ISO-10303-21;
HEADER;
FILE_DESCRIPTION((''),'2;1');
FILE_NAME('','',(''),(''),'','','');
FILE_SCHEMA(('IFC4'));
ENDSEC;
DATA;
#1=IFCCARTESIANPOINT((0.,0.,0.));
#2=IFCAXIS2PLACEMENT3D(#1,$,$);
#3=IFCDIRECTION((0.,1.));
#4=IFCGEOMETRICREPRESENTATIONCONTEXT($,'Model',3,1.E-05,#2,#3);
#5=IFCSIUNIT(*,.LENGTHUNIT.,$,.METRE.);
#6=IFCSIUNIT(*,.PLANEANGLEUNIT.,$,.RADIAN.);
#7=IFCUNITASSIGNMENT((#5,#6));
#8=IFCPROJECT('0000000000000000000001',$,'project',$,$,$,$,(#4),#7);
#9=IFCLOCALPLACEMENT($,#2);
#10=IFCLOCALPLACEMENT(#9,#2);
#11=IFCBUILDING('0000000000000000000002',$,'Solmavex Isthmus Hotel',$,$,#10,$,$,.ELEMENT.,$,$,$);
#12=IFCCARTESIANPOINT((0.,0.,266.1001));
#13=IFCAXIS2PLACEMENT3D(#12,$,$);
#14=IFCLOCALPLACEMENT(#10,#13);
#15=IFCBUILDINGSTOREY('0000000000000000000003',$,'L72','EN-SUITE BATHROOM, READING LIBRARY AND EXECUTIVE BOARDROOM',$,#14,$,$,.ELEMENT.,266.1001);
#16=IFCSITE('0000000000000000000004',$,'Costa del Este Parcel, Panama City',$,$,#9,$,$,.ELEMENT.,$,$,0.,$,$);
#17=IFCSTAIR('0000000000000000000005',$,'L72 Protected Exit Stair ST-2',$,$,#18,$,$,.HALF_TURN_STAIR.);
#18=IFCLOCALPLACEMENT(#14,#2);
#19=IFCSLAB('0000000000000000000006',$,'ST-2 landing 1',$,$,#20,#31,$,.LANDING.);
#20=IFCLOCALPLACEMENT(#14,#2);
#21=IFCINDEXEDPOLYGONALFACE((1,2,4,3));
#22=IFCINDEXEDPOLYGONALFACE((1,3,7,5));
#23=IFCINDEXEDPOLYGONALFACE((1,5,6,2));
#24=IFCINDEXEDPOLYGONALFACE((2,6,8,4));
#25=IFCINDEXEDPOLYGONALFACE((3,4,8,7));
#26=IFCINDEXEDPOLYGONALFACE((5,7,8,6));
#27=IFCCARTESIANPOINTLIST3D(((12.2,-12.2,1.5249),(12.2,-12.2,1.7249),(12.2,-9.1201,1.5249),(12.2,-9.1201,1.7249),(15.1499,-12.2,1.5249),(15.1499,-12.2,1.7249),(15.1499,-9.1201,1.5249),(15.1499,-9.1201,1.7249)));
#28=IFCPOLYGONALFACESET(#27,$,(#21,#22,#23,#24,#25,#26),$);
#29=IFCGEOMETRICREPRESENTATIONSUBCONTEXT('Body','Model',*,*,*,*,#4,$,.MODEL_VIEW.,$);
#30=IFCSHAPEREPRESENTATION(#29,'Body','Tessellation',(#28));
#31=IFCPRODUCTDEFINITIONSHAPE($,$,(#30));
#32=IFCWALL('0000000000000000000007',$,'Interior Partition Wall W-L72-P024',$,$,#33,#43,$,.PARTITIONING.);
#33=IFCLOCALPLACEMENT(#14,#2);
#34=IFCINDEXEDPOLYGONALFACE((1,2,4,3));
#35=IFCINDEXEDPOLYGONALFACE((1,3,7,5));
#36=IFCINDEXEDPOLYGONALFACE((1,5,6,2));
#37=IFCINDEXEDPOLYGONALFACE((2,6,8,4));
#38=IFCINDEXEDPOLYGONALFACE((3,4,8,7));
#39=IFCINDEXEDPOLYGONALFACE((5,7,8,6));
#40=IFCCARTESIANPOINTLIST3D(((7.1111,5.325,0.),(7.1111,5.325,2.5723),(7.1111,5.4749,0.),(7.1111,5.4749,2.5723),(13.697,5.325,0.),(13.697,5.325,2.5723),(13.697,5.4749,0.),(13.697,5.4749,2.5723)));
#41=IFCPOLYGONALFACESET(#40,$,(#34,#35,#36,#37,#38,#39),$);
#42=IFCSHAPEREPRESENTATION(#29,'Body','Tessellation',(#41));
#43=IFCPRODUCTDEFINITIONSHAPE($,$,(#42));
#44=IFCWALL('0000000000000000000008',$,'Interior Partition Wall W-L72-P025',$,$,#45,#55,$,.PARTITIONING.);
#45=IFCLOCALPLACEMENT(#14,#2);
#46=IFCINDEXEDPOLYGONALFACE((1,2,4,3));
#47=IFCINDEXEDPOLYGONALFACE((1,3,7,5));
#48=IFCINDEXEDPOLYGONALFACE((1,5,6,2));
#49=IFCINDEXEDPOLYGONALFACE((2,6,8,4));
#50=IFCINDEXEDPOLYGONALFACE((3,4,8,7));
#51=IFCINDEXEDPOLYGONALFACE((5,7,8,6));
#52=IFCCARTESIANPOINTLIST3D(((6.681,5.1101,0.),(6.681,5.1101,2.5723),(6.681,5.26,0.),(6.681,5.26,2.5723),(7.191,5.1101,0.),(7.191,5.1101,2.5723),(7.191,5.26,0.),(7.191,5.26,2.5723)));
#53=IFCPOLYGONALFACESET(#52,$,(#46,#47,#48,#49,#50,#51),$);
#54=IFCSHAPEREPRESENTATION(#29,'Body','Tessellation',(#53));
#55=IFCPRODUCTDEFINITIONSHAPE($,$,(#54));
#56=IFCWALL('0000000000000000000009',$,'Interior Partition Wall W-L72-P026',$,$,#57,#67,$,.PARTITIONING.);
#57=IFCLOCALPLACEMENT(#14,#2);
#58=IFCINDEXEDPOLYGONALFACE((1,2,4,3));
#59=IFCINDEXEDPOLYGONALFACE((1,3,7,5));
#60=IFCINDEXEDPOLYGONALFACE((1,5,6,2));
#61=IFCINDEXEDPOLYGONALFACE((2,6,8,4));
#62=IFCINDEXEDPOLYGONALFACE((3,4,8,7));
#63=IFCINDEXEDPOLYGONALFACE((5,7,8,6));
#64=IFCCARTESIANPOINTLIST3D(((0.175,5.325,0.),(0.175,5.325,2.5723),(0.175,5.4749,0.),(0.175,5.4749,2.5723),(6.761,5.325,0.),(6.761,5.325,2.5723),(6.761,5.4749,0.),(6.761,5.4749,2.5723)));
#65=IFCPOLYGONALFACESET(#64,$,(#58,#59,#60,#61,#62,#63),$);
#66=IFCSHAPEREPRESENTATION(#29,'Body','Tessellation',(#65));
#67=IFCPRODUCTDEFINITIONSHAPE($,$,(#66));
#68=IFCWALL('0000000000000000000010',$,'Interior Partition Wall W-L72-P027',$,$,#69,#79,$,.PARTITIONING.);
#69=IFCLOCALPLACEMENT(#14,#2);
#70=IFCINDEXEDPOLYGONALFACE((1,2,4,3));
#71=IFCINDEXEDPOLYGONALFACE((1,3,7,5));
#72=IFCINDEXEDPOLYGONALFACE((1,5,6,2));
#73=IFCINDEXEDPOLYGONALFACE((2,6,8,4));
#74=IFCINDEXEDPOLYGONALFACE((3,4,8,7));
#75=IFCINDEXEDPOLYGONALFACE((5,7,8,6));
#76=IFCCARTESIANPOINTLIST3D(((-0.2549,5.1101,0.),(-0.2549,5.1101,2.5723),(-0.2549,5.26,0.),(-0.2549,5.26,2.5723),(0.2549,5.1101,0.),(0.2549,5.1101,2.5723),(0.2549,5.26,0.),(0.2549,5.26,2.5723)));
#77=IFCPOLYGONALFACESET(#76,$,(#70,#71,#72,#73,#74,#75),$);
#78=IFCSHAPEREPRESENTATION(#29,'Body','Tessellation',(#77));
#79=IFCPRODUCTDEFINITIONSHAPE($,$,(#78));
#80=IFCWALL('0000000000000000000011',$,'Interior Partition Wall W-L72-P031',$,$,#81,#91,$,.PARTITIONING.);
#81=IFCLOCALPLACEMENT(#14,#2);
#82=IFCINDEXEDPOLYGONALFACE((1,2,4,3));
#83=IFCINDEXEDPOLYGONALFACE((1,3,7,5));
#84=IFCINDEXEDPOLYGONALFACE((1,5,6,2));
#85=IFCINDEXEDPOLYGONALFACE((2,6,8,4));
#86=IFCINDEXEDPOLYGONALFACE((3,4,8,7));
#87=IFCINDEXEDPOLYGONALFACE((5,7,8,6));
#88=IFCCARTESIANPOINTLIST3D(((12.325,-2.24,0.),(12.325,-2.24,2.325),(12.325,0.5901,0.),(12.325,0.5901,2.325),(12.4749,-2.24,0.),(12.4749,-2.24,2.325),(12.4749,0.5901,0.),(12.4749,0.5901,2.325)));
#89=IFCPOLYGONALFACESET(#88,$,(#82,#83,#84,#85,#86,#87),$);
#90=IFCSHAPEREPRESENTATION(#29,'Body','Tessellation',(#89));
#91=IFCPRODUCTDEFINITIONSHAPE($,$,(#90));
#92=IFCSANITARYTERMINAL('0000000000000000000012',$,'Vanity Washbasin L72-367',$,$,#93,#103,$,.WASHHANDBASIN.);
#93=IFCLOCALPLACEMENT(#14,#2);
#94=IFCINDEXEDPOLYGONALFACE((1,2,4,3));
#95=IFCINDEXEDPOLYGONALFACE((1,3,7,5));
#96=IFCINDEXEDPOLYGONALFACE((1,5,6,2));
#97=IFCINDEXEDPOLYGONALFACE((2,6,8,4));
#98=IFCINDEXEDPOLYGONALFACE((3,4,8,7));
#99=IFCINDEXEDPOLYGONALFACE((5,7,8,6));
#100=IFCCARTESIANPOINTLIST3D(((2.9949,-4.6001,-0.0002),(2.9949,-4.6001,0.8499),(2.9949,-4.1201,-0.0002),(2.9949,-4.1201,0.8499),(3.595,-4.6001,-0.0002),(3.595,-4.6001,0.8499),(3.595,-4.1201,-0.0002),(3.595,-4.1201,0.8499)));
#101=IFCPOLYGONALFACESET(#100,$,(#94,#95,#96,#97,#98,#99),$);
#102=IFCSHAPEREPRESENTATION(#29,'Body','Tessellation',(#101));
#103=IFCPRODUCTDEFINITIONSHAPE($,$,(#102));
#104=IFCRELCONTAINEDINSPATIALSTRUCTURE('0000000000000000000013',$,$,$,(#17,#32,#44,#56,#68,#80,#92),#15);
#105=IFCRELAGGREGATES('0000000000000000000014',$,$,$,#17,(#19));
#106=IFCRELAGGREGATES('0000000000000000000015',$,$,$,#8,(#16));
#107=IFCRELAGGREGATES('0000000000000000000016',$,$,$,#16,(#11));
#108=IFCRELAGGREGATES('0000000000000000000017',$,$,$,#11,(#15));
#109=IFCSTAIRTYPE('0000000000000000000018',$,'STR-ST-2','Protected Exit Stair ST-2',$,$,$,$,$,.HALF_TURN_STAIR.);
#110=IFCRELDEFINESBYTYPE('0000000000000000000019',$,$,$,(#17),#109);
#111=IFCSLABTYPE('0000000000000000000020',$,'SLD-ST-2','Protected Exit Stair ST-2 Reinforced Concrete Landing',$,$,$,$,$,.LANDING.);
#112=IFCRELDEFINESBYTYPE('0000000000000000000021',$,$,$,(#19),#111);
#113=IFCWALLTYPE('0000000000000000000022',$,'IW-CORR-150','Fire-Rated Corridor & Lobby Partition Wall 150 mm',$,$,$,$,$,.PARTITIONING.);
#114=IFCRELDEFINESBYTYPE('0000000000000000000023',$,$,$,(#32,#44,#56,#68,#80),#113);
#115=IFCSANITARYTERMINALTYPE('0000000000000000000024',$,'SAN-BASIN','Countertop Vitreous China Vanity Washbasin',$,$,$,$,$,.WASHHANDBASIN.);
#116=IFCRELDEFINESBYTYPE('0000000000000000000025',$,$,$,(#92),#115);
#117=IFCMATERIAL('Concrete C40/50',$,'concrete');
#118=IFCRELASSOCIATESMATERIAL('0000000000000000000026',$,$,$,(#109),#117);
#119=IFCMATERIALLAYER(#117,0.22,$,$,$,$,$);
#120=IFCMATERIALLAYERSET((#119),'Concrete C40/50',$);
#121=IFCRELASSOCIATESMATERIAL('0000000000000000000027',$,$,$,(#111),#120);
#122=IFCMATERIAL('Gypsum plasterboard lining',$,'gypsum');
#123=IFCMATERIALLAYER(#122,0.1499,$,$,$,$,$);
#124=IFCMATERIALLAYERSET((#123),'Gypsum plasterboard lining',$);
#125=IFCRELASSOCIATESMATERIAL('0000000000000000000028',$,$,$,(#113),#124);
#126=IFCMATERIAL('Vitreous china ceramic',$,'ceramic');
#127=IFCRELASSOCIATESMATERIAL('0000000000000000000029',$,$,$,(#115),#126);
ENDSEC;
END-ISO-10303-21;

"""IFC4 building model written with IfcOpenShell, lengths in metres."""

from ifc_helpers import new_model, si_unit, direction, frame, frame_2d, origin, origin_2d, place, context, subcontext, project, spatial, polyline, rectangle, outline, extrude, material, layer, layer_set, type_object, element, aggregate, save


model = new_model("IFC4")

# Units and contexts
model_context = context("Model", 3, precision=1e-05, world=origin(), true_north=direction((0.0, 1.0)))
body_context = subcontext(model_context, "Body", "Model", "MODEL_VIEW")
ifc_project = project(units=[si_unit("LENGTHUNIT", "METRE"), si_unit("PLANEANGLEUNIT", "RADIAN")], contexts=[model_context])

# Site, building, storey
site_placement = place(None, origin())
site = spatial("IfcSite", under=ifc_project, at=site_placement, Name="Costa del Este Parcel, Panama City", CompositionType="ELEMENT", RefElevation=0.0)
building_placement = place(site_placement, origin())
building = spatial("IfcBuilding", under=site, at=building_placement, Name="Solmavex Isthmus Hotel", CompositionType="ELEMENT")
storey_placement = place(building_placement, frame((0.0, 0.0, 266.1001)))
storey = spatial("IfcBuildingStorey", under=building, at=storey_placement, Name="L72", Description="EN-SUITE BATHROOM, READING LIBRARY AND EXECUTIVE BOARDROOM", CompositionType="ELEMENT", Elevation=266.1001)

# Shared definitions
ifc_material_1 = material(Name="Concrete C40/50", Category="concrete")

# Stair, slab
stair_type_1 = type_object("IfcStairType", Name="STR-ST-2", Description="Protected Exit Stair ST-2", PredefinedType="HALF_TURN_STAIR", material=ifc_material_1)
stair_1_placement = place(storey_placement, origin())
stair_1 = element("IfcStair", 1, at=stair_1_placement, inside=storey, type_object=stair_type_1, Name="L72 Protected Exit Stair ST-2", PredefinedType="HALF_TURN_STAIR")
ifc_layer_1 = layer(ifc_material_1, 0.22)
ifc_layer_set_1 = layer_set([ifc_layer_1], Name="Concrete C40/50")
slab_type_1 = type_object("IfcSlabType", Name="SLD-ST-2", Description="Protected Exit Stair ST-2 Reinforced Concrete Landing", PredefinedType="LANDING", material=ifc_layer_set_1)
slab_1_placement = place(storey_placement, frame((0.0, 0.0, 1.5249)))
slab_1 = element("IfcSlab", 2, at=slab_1_placement, type_object=slab_type_1, Name="ST-2 landing 1", PredefinedType="LANDING", context=body_context, shape_type="SweptSolid", body=[
    extrude(outline(polyline([(12.2, -9.1201), (12.2, -12.2), (15.1499, -12.2), (15.1499, -9.1201), (12.2, -9.1201)])), origin(), (0.0, 0.0, 1.0), 0.2),
])
aggregate(stair_1, [slab_1])

# Walls
ifc_material_2 = material(Name="Gypsum plasterboard lining", Category="gypsum")
ifc_layer_2 = layer(ifc_material_2, 0.1499)
ifc_layer_set_2 = layer_set([ifc_layer_2], Name="Gypsum plasterboard lining")
wall_type = type_object("IfcWallType", Name="IW-CORR-150", Description="Fire-Rated Corridor & Lobby Partition Wall 150 mm", PredefinedType="PARTITIONING", material=ifc_layer_set_2)
wall_1_placement = place(storey_placement, frame((13.697, 5.3999, 0.0), z_axis=(0.0, 0.0, 1.0), x_axis=(-1.0, 0.0, 0.0)))
element("IfcWall", 3, at=wall_1_placement, inside=storey, type_object=wall_type, Name="Interior Partition Wall W-L72-P024", PredefinedType="PARTITIONING", context=body_context, shape_type="SweptSolid", body=[
    extrude(rectangle(XDim=6.5859, YDim=0.1499, at=frame_2d((3.293, 0.0))), origin(), (0.0, 0.0, 1.0), 2.5723),
])
wall_2_placement = place(storey_placement, frame((7.1909, 5.1851, 0.0), z_axis=(0.0, 0.0, 1.0), x_axis=(-1.0, 0.0, 0.0)))
element("IfcWall", 4, at=wall_2_placement, inside=storey, type_object=wall_type, Name="Interior Partition Wall W-L72-P025", PredefinedType="PARTITIONING", context=body_context, shape_type="SweptSolid", body=[
    extrude(rectangle(XDim=0.51, YDim=0.1499, at=frame_2d((0.2549, 0.0))), origin(), (0.0, 0.0, 1.0), 2.5723),
])
wall_3_placement = place(storey_placement, frame((6.761, 5.3999, 0.0), z_axis=(0.0, 0.0, 1.0), x_axis=(-1.0, 0.0, 0.0)))
element("IfcWall", 5, at=wall_3_placement, inside=storey, type_object=wall_type, Name="Interior Partition Wall W-L72-P026", PredefinedType="PARTITIONING", context=body_context, shape_type="SweptSolid", body=[
    extrude(rectangle(XDim=6.5859, YDim=0.1499, at=frame_2d((3.293, 0.0))), origin(), (0.0, 0.0, 1.0), 2.5723),
])
wall_4_placement = place(storey_placement, frame((0.2549, 5.1851, 0.0), z_axis=(0.0, 0.0, 1.0), x_axis=(-1.0, 0.0, 0.0)))
element("IfcWall", 6, at=wall_4_placement, inside=storey, type_object=wall_type, Name="Interior Partition Wall W-L72-P027", PredefinedType="PARTITIONING", context=body_context, shape_type="SweptSolid", body=[
    extrude(rectangle(XDim=0.5098, YDim=0.1499, at=frame_2d((0.2549, 0.0))), origin(), (0.0, 0.0, 1.0), 2.5723),
])
wall_5_placement = place(storey_placement, frame((12.3999, 0.5901, 0.0), z_axis=(0.0, 0.0, 1.0), x_axis=(0.0, -1.0, 0.0)))
element("IfcWall", 7, at=wall_5_placement, inside=storey, type_object=wall_type, Name="Interior Partition Wall W-L72-P031", PredefinedType="PARTITIONING", context=body_context, shape_type="SweptSolid", body=[
    extrude(rectangle(XDim=2.8301, YDim=0.1499, at=frame_2d((1.415, 0.0))), origin(), (0.0, 0.0, 1.0), 2.325),
])

# Sanitary terminal
ifc_material_3 = material(Name="Vitreous china ceramic", Category="ceramic")
sanitary_terminal_type = type_object("IfcSanitaryTerminalType", Name="SAN-BASIN", Description="Countertop Vitreous China Vanity Washbasin", PredefinedType="WASHHANDBASIN", material=ifc_material_3)
sanitary_terminal_placement = place(storey_placement, frame((3.2949, -4.3601, -0.0002), z_axis=(0.0, 0.0, 1.0), x_axis=(1.0, 0.0, 0.0)))
element("IfcSanitaryTerminal", 8, at=sanitary_terminal_placement, inside=storey, type_object=sanitary_terminal_type, Name="Vanity Washbasin L72-367", PredefinedType="WASHHANDBASIN", context=body_context, shape_type="SweptSolid", body=[
    extrude(rectangle(XDim=0.6001, YDim=0.48, at=origin_2d()), origin(), (0.0, 0.0, 1.0), 0.8501),
])

save(model, "model.ifc")
